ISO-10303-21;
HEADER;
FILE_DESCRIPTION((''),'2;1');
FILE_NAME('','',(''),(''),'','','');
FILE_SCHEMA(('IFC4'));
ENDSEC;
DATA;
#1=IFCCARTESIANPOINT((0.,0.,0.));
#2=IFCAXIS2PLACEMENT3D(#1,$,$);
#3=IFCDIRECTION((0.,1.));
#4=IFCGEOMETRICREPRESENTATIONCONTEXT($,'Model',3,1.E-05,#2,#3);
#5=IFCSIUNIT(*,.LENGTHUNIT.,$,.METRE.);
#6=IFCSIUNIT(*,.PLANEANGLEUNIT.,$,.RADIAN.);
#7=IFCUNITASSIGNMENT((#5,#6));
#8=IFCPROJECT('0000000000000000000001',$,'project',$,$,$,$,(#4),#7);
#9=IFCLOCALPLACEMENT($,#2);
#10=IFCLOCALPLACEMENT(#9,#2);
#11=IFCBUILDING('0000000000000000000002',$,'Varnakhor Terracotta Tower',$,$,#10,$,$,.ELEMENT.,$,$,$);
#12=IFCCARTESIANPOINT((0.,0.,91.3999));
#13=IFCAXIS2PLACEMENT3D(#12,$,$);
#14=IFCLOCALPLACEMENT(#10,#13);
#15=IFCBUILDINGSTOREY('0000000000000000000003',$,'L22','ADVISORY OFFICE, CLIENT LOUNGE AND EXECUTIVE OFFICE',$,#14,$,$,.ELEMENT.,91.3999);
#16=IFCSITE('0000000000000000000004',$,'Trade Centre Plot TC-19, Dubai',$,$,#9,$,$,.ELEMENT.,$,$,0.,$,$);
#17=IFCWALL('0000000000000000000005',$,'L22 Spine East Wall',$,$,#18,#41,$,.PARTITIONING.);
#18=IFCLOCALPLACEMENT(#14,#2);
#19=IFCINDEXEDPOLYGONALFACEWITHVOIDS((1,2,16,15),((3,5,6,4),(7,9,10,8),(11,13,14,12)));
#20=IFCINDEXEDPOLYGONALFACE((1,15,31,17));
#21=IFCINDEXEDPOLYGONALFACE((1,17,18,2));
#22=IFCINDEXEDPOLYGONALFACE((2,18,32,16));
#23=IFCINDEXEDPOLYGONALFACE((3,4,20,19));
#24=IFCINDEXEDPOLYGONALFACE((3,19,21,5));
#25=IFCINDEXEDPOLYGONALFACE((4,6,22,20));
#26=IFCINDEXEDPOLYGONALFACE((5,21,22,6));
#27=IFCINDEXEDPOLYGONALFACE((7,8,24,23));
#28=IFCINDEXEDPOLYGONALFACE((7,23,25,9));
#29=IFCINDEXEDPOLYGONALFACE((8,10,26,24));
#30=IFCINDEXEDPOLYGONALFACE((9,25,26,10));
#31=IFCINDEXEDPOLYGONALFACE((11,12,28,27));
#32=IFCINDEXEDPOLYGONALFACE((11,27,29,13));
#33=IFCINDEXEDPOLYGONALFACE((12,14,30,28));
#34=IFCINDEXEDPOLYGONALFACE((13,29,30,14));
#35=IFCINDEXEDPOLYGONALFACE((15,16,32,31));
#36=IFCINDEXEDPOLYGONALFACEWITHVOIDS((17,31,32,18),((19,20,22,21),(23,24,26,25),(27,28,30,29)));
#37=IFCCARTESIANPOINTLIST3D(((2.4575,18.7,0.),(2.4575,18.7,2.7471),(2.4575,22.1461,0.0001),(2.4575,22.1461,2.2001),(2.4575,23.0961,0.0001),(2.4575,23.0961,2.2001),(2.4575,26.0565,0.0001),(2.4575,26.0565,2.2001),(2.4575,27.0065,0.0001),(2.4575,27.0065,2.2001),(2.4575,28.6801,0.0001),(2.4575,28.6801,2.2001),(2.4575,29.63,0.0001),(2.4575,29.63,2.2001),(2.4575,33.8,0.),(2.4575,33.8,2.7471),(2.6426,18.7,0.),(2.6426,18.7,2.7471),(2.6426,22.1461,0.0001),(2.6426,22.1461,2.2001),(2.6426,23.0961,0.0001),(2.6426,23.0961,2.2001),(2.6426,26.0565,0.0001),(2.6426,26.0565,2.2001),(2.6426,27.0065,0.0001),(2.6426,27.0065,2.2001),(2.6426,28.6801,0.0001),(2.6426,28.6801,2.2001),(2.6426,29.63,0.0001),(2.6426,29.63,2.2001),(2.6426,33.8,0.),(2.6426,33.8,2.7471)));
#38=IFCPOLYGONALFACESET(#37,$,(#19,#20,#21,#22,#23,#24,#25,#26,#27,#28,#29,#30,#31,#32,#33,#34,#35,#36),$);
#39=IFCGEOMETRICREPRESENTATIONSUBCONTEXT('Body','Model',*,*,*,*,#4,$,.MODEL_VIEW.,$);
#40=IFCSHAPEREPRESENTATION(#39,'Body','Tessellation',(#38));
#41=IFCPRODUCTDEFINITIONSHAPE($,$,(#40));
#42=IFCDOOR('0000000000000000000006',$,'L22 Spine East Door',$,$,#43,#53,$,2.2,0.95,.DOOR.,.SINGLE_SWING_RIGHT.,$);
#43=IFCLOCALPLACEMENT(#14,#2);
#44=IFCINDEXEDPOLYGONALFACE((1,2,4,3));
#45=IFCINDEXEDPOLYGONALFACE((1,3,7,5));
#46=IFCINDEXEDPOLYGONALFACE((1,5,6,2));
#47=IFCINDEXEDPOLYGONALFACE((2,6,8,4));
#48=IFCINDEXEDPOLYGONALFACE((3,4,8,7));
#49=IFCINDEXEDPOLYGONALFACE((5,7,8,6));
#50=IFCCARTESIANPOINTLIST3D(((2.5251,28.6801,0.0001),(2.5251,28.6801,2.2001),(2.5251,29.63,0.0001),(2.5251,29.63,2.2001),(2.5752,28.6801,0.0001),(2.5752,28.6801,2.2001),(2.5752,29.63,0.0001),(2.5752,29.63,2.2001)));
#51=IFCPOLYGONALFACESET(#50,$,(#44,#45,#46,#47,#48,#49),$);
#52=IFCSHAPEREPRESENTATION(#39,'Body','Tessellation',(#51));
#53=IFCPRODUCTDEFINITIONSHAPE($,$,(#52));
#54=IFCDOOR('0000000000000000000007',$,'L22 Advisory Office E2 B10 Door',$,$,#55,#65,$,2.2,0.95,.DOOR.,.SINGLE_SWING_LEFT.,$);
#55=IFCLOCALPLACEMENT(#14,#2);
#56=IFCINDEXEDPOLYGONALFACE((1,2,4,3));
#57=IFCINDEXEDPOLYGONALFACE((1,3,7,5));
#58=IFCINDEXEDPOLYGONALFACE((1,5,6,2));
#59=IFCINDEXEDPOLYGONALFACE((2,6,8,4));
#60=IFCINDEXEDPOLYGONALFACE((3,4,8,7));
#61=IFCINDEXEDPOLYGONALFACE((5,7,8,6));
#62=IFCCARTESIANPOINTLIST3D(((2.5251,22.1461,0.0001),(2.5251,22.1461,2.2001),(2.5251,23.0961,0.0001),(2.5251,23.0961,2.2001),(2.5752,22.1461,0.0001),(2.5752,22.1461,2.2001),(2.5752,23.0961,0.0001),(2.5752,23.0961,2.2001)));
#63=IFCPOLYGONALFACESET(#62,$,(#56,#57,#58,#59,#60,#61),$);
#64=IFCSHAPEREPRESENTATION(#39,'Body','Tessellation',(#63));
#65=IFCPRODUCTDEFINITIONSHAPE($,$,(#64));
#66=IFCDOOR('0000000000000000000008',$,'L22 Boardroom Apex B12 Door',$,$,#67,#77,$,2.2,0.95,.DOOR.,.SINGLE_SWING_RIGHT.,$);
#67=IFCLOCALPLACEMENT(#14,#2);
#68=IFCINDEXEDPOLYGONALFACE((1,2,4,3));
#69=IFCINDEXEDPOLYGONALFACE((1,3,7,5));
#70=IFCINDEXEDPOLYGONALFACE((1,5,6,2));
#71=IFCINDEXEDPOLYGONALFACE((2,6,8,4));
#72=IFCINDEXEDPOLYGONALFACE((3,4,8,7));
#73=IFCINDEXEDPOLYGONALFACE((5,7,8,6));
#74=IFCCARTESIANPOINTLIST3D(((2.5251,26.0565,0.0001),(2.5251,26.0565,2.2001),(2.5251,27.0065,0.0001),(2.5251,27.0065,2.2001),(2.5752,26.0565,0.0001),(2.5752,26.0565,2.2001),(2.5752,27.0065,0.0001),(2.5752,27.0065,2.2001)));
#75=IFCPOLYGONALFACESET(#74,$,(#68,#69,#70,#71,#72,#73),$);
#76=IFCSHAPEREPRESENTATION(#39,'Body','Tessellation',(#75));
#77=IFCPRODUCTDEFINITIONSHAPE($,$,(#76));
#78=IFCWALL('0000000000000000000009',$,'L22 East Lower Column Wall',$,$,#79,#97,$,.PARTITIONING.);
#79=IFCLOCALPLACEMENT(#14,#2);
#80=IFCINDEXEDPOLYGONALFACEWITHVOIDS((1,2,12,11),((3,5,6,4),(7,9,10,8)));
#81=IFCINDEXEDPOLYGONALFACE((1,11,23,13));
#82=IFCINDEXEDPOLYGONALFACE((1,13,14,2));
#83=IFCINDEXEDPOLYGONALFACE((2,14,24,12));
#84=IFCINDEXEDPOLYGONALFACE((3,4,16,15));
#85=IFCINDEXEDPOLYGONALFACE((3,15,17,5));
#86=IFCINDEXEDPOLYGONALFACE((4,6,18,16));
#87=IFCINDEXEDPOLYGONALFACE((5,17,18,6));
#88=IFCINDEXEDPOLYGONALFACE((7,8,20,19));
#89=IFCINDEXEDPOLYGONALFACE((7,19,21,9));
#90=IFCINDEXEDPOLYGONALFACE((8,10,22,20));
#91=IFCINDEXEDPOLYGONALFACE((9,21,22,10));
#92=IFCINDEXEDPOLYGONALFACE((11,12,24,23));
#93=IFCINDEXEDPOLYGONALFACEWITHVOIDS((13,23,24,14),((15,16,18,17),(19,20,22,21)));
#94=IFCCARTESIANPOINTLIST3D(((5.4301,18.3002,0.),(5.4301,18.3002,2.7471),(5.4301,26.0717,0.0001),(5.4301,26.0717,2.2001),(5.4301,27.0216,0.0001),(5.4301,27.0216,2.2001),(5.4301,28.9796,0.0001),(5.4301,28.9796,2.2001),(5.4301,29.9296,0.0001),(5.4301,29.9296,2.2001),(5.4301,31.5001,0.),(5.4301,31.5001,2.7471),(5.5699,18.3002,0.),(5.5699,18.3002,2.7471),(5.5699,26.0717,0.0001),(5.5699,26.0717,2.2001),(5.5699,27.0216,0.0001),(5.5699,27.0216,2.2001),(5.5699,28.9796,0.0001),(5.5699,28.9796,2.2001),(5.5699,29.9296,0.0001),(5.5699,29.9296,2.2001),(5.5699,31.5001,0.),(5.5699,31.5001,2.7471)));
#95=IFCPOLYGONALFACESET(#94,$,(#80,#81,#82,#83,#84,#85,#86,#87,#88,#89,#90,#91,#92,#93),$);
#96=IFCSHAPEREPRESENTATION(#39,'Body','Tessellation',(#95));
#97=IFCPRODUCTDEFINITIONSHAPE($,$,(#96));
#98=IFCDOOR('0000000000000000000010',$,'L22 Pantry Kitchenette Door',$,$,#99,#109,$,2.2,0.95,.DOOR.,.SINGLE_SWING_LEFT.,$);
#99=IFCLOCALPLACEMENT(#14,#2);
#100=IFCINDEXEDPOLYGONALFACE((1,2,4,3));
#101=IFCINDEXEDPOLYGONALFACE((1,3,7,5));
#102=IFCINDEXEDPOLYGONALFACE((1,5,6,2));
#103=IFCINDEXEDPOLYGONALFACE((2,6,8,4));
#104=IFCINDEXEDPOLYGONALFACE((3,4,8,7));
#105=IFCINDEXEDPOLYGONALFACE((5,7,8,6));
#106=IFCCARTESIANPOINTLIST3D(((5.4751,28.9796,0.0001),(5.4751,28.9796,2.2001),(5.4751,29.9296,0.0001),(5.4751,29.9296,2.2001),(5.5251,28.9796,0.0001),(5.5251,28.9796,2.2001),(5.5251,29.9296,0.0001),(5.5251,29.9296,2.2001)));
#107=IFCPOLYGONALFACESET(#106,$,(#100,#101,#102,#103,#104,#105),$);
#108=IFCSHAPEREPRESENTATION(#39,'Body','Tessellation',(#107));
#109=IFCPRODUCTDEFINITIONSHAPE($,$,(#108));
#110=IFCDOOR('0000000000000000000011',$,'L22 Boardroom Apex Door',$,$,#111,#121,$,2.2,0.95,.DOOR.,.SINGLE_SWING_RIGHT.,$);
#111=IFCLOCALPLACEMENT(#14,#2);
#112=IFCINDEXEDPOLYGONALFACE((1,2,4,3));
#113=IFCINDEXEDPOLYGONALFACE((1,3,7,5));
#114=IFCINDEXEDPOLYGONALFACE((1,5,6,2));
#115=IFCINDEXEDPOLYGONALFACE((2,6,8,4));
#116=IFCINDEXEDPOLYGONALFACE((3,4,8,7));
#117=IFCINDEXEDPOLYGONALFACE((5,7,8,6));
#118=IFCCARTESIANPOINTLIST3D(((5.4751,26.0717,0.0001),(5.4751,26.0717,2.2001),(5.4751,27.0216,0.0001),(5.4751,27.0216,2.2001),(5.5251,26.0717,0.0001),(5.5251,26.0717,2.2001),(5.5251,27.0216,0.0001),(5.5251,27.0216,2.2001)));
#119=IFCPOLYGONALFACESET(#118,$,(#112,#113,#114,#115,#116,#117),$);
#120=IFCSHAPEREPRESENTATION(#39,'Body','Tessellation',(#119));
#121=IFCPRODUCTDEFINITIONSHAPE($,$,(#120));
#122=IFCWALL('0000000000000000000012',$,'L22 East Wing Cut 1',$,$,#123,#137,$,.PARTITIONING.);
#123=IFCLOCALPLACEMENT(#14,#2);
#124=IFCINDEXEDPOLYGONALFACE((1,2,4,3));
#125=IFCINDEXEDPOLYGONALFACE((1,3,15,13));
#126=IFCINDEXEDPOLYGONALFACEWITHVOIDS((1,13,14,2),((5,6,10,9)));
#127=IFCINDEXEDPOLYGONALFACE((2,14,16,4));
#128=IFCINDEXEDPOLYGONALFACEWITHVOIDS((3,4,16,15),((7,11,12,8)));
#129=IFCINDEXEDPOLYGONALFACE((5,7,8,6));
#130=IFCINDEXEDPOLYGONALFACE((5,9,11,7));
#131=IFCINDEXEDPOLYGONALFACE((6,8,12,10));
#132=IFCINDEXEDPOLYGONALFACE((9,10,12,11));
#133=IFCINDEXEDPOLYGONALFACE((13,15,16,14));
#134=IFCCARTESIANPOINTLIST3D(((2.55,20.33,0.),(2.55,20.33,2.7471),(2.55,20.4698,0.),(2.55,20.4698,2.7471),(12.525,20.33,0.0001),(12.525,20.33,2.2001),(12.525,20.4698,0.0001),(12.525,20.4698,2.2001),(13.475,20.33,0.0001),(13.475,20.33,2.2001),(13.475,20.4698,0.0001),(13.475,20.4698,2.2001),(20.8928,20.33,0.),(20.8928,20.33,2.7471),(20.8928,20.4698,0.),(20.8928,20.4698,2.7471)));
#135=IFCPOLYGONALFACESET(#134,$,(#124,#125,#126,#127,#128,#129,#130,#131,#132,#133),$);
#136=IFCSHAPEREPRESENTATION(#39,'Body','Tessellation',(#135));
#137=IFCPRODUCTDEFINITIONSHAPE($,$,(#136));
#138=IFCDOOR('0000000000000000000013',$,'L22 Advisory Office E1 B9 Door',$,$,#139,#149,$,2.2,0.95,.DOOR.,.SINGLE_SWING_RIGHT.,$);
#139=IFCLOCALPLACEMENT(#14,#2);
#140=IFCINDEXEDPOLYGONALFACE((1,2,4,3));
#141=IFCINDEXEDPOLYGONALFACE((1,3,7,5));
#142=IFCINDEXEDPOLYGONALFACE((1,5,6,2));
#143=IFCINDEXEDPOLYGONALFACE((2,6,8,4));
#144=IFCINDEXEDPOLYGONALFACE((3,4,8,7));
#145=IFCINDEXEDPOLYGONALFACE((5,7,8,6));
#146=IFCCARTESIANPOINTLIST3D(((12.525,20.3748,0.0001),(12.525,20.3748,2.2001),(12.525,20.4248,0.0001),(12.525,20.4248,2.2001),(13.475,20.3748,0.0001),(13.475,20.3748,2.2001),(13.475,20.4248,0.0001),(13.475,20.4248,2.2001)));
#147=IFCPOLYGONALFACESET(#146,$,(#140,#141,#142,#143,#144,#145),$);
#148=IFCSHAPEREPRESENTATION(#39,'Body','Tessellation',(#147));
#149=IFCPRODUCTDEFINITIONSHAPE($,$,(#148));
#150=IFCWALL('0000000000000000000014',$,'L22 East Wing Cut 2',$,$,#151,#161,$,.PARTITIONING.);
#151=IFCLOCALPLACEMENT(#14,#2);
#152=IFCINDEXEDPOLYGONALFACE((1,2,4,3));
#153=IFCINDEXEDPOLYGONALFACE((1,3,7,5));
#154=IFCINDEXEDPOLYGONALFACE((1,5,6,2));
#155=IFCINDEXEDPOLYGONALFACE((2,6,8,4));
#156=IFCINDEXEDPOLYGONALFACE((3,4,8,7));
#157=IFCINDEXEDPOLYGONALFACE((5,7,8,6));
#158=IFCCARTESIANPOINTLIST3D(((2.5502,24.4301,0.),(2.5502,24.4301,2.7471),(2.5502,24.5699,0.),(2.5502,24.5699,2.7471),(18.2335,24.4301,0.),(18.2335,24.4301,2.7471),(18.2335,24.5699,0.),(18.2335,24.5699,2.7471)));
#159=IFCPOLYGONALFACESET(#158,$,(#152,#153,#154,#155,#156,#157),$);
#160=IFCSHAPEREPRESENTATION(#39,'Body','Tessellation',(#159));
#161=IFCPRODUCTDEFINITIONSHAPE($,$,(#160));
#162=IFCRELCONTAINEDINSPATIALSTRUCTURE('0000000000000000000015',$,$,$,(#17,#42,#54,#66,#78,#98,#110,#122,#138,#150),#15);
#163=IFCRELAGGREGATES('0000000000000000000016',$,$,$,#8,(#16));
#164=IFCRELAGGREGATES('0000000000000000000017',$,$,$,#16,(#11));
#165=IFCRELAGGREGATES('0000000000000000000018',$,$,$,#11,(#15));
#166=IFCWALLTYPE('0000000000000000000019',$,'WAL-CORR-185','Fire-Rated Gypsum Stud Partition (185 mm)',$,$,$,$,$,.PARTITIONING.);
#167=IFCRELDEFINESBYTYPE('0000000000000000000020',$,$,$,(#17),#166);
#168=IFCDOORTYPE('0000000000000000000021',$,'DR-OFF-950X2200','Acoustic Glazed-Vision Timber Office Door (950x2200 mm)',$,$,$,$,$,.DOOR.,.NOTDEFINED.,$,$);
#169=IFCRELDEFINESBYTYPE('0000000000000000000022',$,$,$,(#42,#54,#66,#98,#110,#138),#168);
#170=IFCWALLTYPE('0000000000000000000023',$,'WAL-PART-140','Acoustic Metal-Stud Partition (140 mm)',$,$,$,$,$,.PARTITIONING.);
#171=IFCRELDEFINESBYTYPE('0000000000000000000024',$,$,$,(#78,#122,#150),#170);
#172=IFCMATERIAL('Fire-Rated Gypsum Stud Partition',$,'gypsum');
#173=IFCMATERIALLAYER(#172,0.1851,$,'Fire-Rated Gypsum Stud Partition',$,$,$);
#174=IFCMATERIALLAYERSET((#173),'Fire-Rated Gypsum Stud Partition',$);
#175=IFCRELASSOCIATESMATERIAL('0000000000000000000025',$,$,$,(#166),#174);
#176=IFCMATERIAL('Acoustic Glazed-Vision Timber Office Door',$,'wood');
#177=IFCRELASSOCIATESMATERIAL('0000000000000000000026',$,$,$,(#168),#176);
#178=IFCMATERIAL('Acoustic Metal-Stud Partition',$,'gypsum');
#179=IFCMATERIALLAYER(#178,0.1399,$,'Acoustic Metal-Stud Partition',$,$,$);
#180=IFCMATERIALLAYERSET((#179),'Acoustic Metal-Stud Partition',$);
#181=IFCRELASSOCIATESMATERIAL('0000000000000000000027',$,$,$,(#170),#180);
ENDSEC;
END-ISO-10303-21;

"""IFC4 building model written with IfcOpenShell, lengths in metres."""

from ifc_helpers import new_model, si_unit, direction, frame, frame_2d, origin, place, context, subcontext, project, spatial, rectangle, extrude, source, transform, mapped, material, layer, layer_set, type_object, type_shapes, element, fill, save


model = new_model("IFC4")

# Units and contexts
model_context = context("Model", 3, precision=1e-05, world=origin(), true_north=direction((0.0, 1.0)))
body_context = subcontext(model_context, "Body", "Model", "MODEL_VIEW")
ifc_project = project(units=[si_unit("LENGTHUNIT", "METRE"), si_unit("PLANEANGLEUNIT", "RADIAN")], contexts=[model_context])

# Site, building, storey
site_placement = place(None, origin())
site = spatial("IfcSite", under=ifc_project, at=site_placement, Name="Trade Centre Plot TC-19, Dubai", CompositionType="ELEMENT", RefElevation=0.0)
building_placement = place(site_placement, origin())
building = spatial("IfcBuilding", under=site, at=building_placement, Name="Varnakhor Terracotta Tower", CompositionType="ELEMENT")
storey_placement = place(building_placement, frame((0.0, 0.0, 91.3999)))
storey = spatial("IfcBuildingStorey", under=building, at=storey_placement, Name="L22", Description="ADVISORY OFFICE, CLIENT LOUNGE AND EXECUTIVE OFFICE", CompositionType="ELEMENT", Elevation=91.3999)

# Shared definitions
ifc_material_1 = material(Name="Fire-Rated Gypsum Stud Partition", Category="gypsum")
ifc_layer_1 = layer(ifc_material_1, 0.1851, Name="Fire-Rated Gypsum Stud Partition")
ifc_layer_set_1 = layer_set([ifc_layer_1], Name="Fire-Rated Gypsum Stud Partition")
wall_type_1 = type_object("IfcWallType", Name="WAL-CORR-185", Description="Fire-Rated Gypsum Stud Partition (185 mm)", PredefinedType="PARTITIONING", material=ifc_layer_set_1)
ifc_material_2 = material(Name="Acoustic Glazed-Vision Timber Office Door", Category="wood")
door_type_1 = type_object("IfcDoorType", Name="DR-OFF-950X2200", Description="Acoustic Glazed-Vision Timber Office Door (950x2200 mm)", OperationType="NOTDEFINED", PredefinedType="DOOR", material=ifc_material_2)
shared_shape_1 = source(origin(), body_context, "Body", "SweptSolid", [
    extrude(rectangle(XDim=0.95, YDim=2.2, at=frame_2d((0.4751, 1.1001))), frame((0.0, 0.0249, 0.0), z_axis=(0.0, -1.0, 0.0), x_axis=(1.0, 0.0, 0.0)), (0.0, 0.0, 1.0), 0.05),
])
type_shapes(door_type_1, [shared_shape_1])

# Walls, openings, doors
wall_1_placement = place(storey_placement, frame((2.55, 18.7, 0.0), z_axis=(0.0, 0.0, 1.0), x_axis=(0.0, 1.0, 0.0)))
wall_1 = element("IfcWall", 1, at=wall_1_placement, inside=storey, type_object=wall_type_1, Name="L22 Spine East Wall", PredefinedType="PARTITIONING", context=body_context, shape_type="SweptSolid", body=[
    extrude(rectangle(XDim=15.1001, YDim=0.1851, at=frame_2d((7.55, 0.0))), origin(), (0.0, 0.0, 1.0), 2.7471),
])
opening_1_placement = place(wall_1_placement, frame((9.98, 0.0, 0.0)))
opening_1 = element("IfcOpeningElement", 2, at=opening_1_placement, cuts=wall_1, PredefinedType="OPENING", context=body_context, shape_type="SweptSolid", body=[
    extrude(rectangle(XDim=0.95, YDim=2.2, at=frame_2d((0.4751, 1.1001))), frame((0.0, 0.1025, 0.0), z_axis=(0.0, -1.0, 0.0), x_axis=(1.0, 0.0, 0.0)), (0.0, 0.0, 1.0), 0.2051),
])
opening_2_placement = place(wall_1_placement, frame((3.446, 0.0, 0.0)))
opening_2 = element("IfcOpeningElement", 3, at=opening_2_placement, cuts=wall_1, PredefinedType="OPENING", context=body_context, shape_type="SweptSolid", body=[
    extrude(rectangle(XDim=0.95, YDim=2.2, at=frame_2d((0.4751, 1.1001))), frame((0.0, 0.1025, 0.0), z_axis=(0.0, -1.0, 0.0), x_axis=(1.0, 0.0, 0.0)), (0.0, 0.0, 1.0), 0.2051),
])
opening_3_placement = place(wall_1_placement, frame((7.3564, 0.0, 0.0)))
opening_3 = element("IfcOpeningElement", 4, at=opening_3_placement, cuts=wall_1, PredefinedType="OPENING", context=body_context, shape_type="SweptSolid", body=[
    extrude(rectangle(XDim=0.95, YDim=2.2, at=frame_2d((0.4751, 1.1001))), frame((0.0, 0.1025, 0.0), z_axis=(0.0, -1.0, 0.0), x_axis=(1.0, 0.0, 0.0)), (0.0, 0.0, 1.0), 0.2051),
])
door_1_placement = place(opening_1_placement, origin())
door_1 = element("IfcDoor", 5, at=door_1_placement, inside=storey, type_object=door_type_1, Name="L22 Spine East Door", OperationType="SINGLE_SWING_RIGHT", OverallHeight=2.2, OverallWidth=0.95, PredefinedType="DOOR", context=body_context, shape_type="MappedRepresentation", body=[
    mapped(shared_shape_1, transform((0.0, 0.0, 0.0), scale=1.0)),
])
fill(opening_1, door_1)
door_2_placement = place(opening_2_placement, origin())
door_2 = element("IfcDoor", 6, at=door_2_placement, inside=storey, type_object=door_type_1, Name="L22 Advisory Office E2 B10 Door", OperationType="SINGLE_SWING_LEFT", OverallHeight=2.2, OverallWidth=0.95, PredefinedType="DOOR", context=body_context, shape_type="MappedRepresentation", body=[
    mapped(shared_shape_1, transform((0.0, 0.0, 0.0), scale=1.0)),
])
fill(opening_2, door_2)
door_3_placement = place(opening_3_placement, origin())
door_3 = element("IfcDoor", 7, at=door_3_placement, inside=storey, type_object=door_type_1, Name="L22 Boardroom Apex B12 Door", OperationType="SINGLE_SWING_RIGHT", OverallHeight=2.2, OverallWidth=0.95, PredefinedType="DOOR", context=body_context, shape_type="MappedRepresentation", body=[
    mapped(shared_shape_1, transform((0.0, 0.0, 0.0), scale=1.0)),
])
fill(opening_3, door_3)
ifc_material_3 = material(Name="Acoustic Metal-Stud Partition", Category="gypsum")
ifc_layer_2 = layer(ifc_material_3, 0.1399, Name="Acoustic Metal-Stud Partition")
ifc_layer_set_2 = layer_set([ifc_layer_2], Name="Acoustic Metal-Stud Partition")
wall_type_2 = type_object("IfcWallType", Name="WAL-PART-140", Description="Acoustic Metal-Stud Partition (140 mm)", PredefinedType="PARTITIONING", material=ifc_layer_set_2)
wall_2_placement = place(storey_placement, frame((5.5, 18.3, 0.0), z_axis=(0.0, 0.0, 1.0), x_axis=(0.0, 1.0, 0.0)))
wall_2 = element("IfcWall", 8, at=wall_2_placement, inside=storey, type_object=wall_type_2, Name="L22 East Lower Column Wall", PredefinedType="PARTITIONING", context=body_context, shape_type="SweptSolid", body=[
    extrude(rectangle(XDim=13.2, YDim=0.1399, at=frame_2d((6.6001, 0.0))), origin(), (0.0, 0.0, 1.0), 2.7471),
])
opening_4_placement = place(wall_2_placement, frame((10.6794, 0.0, 0.0)))
opening_4 = element("IfcOpeningElement", 9, at=opening_4_placement, cuts=wall_2, PredefinedType="OPENING", context=body_context, shape_type="SweptSolid", body=[
    extrude(rectangle(XDim=0.95, YDim=2.2, at=frame_2d((0.4751, 1.1001))), frame((0.0, 0.0801, 0.0), z_axis=(0.0, -1.0, 0.0), x_axis=(1.0, 0.0, 0.0)), (0.0, 0.0, 1.0), 0.1599),
])
opening_5_placement = place(wall_2_placement, frame((7.7715, 0.0, 0.0)))
opening_5 = element("IfcOpeningElement", 10, at=opening_5_placement, cuts=wall_2, PredefinedType="OPENING", context=body_context, shape_type="SweptSolid", body=[
    extrude(rectangle(XDim=0.95, YDim=2.2, at=frame_2d((0.4751, 1.1001))), frame((0.0, 0.0801, 0.0), z_axis=(0.0, -1.0, 0.0), x_axis=(1.0, 0.0, 0.0)), (0.0, 0.0, 1.0), 0.1599),
])
door_4_placement = place(opening_4_placement, origin())
door_4 = element("IfcDoor", 11, at=door_4_placement, inside=storey, type_object=door_type_1, Name="L22 Pantry Kitchenette Door", OperationType="SINGLE_SWING_LEFT", OverallHeight=2.2, OverallWidth=0.95, PredefinedType="DOOR", context=body_context, shape_type="MappedRepresentation", body=[
    mapped(shared_shape_1, transform((0.0, 0.0, 0.0), scale=1.0)),
])
fill(opening_4, door_4)
door_5_placement = place(opening_5_placement, origin())
door_5 = element("IfcDoor", 12, at=door_5_placement, inside=storey, type_object=door_type_1, Name="L22 Boardroom Apex Door", OperationType="SINGLE_SWING_RIGHT", OverallHeight=2.2, OverallWidth=0.95, PredefinedType="DOOR", context=body_context, shape_type="MappedRepresentation", body=[
    mapped(shared_shape_1, transform((0.0, 0.0, 0.0), scale=1.0)),
])
fill(opening_5, door_5)

# Wall, opening, door
wall_3_placement = place(storey_placement, frame((2.55, 20.3999, 0.0), z_axis=(0.0, 0.0, 1.0), x_axis=(1.0, 0.0, 0.0)))
wall_3 = element("IfcWall", 13, at=wall_3_placement, inside=storey, type_object=wall_type_2, Name="L22 East Wing Cut 1", PredefinedType="PARTITIONING", context=body_context, shape_type="SweptSolid", body=[
    extrude(rectangle(XDim=18.3428, YDim=0.1399, at=frame_2d((9.1714, 0.0))), origin(), (0.0, 0.0, 1.0), 2.7471),
])
opening_6_placement = place(wall_3_placement, frame((9.9749, 0.0, 0.0)))
opening_6 = element("IfcOpeningElement", 14, at=opening_6_placement, cuts=wall_3, PredefinedType="OPENING", context=body_context, shape_type="SweptSolid", body=[
    extrude(rectangle(XDim=0.95, YDim=2.2, at=frame_2d((0.4751, 1.1001))), frame((0.0, 0.0801, 0.0), z_axis=(0.0, -1.0, 0.0), x_axis=(1.0, 0.0, 0.0)), (0.0, 0.0, 1.0), 0.1599),
])
door_6_placement = place(opening_6_placement, origin())
door_6 = element("IfcDoor", 15, at=door_6_placement, inside=storey, type_object=door_type_1, Name="L22 Advisory Office E1 B9 Door", OperationType="SINGLE_SWING_RIGHT", OverallHeight=2.2, OverallWidth=0.95, PredefinedType="DOOR", context=body_context, shape_type="MappedRepresentation", body=[
    mapped(shared_shape_1, transform((0.0, 0.0, 0.0), scale=1.0)),
])
fill(opening_6, door_6)

# Wall
wall_4_placement = place(storey_placement, frame((2.55, 24.5, 0.0), z_axis=(0.0, 0.0, 1.0), x_axis=(1.0, 0.0, 0.0)))
element("IfcWall", 16, at=wall_4_placement, inside=storey, type_object=wall_type_2, Name="L22 East Wing Cut 2", PredefinedType="PARTITIONING", context=body_context, shape_type="SweptSolid", body=[
    extrude(rectangle(XDim=15.6833, YDim=0.1399, at=frame_2d((7.8418, 0.0))), origin(), (0.0, 0.0, 1.0), 2.7471),
])

save(model, "model.ifc")
